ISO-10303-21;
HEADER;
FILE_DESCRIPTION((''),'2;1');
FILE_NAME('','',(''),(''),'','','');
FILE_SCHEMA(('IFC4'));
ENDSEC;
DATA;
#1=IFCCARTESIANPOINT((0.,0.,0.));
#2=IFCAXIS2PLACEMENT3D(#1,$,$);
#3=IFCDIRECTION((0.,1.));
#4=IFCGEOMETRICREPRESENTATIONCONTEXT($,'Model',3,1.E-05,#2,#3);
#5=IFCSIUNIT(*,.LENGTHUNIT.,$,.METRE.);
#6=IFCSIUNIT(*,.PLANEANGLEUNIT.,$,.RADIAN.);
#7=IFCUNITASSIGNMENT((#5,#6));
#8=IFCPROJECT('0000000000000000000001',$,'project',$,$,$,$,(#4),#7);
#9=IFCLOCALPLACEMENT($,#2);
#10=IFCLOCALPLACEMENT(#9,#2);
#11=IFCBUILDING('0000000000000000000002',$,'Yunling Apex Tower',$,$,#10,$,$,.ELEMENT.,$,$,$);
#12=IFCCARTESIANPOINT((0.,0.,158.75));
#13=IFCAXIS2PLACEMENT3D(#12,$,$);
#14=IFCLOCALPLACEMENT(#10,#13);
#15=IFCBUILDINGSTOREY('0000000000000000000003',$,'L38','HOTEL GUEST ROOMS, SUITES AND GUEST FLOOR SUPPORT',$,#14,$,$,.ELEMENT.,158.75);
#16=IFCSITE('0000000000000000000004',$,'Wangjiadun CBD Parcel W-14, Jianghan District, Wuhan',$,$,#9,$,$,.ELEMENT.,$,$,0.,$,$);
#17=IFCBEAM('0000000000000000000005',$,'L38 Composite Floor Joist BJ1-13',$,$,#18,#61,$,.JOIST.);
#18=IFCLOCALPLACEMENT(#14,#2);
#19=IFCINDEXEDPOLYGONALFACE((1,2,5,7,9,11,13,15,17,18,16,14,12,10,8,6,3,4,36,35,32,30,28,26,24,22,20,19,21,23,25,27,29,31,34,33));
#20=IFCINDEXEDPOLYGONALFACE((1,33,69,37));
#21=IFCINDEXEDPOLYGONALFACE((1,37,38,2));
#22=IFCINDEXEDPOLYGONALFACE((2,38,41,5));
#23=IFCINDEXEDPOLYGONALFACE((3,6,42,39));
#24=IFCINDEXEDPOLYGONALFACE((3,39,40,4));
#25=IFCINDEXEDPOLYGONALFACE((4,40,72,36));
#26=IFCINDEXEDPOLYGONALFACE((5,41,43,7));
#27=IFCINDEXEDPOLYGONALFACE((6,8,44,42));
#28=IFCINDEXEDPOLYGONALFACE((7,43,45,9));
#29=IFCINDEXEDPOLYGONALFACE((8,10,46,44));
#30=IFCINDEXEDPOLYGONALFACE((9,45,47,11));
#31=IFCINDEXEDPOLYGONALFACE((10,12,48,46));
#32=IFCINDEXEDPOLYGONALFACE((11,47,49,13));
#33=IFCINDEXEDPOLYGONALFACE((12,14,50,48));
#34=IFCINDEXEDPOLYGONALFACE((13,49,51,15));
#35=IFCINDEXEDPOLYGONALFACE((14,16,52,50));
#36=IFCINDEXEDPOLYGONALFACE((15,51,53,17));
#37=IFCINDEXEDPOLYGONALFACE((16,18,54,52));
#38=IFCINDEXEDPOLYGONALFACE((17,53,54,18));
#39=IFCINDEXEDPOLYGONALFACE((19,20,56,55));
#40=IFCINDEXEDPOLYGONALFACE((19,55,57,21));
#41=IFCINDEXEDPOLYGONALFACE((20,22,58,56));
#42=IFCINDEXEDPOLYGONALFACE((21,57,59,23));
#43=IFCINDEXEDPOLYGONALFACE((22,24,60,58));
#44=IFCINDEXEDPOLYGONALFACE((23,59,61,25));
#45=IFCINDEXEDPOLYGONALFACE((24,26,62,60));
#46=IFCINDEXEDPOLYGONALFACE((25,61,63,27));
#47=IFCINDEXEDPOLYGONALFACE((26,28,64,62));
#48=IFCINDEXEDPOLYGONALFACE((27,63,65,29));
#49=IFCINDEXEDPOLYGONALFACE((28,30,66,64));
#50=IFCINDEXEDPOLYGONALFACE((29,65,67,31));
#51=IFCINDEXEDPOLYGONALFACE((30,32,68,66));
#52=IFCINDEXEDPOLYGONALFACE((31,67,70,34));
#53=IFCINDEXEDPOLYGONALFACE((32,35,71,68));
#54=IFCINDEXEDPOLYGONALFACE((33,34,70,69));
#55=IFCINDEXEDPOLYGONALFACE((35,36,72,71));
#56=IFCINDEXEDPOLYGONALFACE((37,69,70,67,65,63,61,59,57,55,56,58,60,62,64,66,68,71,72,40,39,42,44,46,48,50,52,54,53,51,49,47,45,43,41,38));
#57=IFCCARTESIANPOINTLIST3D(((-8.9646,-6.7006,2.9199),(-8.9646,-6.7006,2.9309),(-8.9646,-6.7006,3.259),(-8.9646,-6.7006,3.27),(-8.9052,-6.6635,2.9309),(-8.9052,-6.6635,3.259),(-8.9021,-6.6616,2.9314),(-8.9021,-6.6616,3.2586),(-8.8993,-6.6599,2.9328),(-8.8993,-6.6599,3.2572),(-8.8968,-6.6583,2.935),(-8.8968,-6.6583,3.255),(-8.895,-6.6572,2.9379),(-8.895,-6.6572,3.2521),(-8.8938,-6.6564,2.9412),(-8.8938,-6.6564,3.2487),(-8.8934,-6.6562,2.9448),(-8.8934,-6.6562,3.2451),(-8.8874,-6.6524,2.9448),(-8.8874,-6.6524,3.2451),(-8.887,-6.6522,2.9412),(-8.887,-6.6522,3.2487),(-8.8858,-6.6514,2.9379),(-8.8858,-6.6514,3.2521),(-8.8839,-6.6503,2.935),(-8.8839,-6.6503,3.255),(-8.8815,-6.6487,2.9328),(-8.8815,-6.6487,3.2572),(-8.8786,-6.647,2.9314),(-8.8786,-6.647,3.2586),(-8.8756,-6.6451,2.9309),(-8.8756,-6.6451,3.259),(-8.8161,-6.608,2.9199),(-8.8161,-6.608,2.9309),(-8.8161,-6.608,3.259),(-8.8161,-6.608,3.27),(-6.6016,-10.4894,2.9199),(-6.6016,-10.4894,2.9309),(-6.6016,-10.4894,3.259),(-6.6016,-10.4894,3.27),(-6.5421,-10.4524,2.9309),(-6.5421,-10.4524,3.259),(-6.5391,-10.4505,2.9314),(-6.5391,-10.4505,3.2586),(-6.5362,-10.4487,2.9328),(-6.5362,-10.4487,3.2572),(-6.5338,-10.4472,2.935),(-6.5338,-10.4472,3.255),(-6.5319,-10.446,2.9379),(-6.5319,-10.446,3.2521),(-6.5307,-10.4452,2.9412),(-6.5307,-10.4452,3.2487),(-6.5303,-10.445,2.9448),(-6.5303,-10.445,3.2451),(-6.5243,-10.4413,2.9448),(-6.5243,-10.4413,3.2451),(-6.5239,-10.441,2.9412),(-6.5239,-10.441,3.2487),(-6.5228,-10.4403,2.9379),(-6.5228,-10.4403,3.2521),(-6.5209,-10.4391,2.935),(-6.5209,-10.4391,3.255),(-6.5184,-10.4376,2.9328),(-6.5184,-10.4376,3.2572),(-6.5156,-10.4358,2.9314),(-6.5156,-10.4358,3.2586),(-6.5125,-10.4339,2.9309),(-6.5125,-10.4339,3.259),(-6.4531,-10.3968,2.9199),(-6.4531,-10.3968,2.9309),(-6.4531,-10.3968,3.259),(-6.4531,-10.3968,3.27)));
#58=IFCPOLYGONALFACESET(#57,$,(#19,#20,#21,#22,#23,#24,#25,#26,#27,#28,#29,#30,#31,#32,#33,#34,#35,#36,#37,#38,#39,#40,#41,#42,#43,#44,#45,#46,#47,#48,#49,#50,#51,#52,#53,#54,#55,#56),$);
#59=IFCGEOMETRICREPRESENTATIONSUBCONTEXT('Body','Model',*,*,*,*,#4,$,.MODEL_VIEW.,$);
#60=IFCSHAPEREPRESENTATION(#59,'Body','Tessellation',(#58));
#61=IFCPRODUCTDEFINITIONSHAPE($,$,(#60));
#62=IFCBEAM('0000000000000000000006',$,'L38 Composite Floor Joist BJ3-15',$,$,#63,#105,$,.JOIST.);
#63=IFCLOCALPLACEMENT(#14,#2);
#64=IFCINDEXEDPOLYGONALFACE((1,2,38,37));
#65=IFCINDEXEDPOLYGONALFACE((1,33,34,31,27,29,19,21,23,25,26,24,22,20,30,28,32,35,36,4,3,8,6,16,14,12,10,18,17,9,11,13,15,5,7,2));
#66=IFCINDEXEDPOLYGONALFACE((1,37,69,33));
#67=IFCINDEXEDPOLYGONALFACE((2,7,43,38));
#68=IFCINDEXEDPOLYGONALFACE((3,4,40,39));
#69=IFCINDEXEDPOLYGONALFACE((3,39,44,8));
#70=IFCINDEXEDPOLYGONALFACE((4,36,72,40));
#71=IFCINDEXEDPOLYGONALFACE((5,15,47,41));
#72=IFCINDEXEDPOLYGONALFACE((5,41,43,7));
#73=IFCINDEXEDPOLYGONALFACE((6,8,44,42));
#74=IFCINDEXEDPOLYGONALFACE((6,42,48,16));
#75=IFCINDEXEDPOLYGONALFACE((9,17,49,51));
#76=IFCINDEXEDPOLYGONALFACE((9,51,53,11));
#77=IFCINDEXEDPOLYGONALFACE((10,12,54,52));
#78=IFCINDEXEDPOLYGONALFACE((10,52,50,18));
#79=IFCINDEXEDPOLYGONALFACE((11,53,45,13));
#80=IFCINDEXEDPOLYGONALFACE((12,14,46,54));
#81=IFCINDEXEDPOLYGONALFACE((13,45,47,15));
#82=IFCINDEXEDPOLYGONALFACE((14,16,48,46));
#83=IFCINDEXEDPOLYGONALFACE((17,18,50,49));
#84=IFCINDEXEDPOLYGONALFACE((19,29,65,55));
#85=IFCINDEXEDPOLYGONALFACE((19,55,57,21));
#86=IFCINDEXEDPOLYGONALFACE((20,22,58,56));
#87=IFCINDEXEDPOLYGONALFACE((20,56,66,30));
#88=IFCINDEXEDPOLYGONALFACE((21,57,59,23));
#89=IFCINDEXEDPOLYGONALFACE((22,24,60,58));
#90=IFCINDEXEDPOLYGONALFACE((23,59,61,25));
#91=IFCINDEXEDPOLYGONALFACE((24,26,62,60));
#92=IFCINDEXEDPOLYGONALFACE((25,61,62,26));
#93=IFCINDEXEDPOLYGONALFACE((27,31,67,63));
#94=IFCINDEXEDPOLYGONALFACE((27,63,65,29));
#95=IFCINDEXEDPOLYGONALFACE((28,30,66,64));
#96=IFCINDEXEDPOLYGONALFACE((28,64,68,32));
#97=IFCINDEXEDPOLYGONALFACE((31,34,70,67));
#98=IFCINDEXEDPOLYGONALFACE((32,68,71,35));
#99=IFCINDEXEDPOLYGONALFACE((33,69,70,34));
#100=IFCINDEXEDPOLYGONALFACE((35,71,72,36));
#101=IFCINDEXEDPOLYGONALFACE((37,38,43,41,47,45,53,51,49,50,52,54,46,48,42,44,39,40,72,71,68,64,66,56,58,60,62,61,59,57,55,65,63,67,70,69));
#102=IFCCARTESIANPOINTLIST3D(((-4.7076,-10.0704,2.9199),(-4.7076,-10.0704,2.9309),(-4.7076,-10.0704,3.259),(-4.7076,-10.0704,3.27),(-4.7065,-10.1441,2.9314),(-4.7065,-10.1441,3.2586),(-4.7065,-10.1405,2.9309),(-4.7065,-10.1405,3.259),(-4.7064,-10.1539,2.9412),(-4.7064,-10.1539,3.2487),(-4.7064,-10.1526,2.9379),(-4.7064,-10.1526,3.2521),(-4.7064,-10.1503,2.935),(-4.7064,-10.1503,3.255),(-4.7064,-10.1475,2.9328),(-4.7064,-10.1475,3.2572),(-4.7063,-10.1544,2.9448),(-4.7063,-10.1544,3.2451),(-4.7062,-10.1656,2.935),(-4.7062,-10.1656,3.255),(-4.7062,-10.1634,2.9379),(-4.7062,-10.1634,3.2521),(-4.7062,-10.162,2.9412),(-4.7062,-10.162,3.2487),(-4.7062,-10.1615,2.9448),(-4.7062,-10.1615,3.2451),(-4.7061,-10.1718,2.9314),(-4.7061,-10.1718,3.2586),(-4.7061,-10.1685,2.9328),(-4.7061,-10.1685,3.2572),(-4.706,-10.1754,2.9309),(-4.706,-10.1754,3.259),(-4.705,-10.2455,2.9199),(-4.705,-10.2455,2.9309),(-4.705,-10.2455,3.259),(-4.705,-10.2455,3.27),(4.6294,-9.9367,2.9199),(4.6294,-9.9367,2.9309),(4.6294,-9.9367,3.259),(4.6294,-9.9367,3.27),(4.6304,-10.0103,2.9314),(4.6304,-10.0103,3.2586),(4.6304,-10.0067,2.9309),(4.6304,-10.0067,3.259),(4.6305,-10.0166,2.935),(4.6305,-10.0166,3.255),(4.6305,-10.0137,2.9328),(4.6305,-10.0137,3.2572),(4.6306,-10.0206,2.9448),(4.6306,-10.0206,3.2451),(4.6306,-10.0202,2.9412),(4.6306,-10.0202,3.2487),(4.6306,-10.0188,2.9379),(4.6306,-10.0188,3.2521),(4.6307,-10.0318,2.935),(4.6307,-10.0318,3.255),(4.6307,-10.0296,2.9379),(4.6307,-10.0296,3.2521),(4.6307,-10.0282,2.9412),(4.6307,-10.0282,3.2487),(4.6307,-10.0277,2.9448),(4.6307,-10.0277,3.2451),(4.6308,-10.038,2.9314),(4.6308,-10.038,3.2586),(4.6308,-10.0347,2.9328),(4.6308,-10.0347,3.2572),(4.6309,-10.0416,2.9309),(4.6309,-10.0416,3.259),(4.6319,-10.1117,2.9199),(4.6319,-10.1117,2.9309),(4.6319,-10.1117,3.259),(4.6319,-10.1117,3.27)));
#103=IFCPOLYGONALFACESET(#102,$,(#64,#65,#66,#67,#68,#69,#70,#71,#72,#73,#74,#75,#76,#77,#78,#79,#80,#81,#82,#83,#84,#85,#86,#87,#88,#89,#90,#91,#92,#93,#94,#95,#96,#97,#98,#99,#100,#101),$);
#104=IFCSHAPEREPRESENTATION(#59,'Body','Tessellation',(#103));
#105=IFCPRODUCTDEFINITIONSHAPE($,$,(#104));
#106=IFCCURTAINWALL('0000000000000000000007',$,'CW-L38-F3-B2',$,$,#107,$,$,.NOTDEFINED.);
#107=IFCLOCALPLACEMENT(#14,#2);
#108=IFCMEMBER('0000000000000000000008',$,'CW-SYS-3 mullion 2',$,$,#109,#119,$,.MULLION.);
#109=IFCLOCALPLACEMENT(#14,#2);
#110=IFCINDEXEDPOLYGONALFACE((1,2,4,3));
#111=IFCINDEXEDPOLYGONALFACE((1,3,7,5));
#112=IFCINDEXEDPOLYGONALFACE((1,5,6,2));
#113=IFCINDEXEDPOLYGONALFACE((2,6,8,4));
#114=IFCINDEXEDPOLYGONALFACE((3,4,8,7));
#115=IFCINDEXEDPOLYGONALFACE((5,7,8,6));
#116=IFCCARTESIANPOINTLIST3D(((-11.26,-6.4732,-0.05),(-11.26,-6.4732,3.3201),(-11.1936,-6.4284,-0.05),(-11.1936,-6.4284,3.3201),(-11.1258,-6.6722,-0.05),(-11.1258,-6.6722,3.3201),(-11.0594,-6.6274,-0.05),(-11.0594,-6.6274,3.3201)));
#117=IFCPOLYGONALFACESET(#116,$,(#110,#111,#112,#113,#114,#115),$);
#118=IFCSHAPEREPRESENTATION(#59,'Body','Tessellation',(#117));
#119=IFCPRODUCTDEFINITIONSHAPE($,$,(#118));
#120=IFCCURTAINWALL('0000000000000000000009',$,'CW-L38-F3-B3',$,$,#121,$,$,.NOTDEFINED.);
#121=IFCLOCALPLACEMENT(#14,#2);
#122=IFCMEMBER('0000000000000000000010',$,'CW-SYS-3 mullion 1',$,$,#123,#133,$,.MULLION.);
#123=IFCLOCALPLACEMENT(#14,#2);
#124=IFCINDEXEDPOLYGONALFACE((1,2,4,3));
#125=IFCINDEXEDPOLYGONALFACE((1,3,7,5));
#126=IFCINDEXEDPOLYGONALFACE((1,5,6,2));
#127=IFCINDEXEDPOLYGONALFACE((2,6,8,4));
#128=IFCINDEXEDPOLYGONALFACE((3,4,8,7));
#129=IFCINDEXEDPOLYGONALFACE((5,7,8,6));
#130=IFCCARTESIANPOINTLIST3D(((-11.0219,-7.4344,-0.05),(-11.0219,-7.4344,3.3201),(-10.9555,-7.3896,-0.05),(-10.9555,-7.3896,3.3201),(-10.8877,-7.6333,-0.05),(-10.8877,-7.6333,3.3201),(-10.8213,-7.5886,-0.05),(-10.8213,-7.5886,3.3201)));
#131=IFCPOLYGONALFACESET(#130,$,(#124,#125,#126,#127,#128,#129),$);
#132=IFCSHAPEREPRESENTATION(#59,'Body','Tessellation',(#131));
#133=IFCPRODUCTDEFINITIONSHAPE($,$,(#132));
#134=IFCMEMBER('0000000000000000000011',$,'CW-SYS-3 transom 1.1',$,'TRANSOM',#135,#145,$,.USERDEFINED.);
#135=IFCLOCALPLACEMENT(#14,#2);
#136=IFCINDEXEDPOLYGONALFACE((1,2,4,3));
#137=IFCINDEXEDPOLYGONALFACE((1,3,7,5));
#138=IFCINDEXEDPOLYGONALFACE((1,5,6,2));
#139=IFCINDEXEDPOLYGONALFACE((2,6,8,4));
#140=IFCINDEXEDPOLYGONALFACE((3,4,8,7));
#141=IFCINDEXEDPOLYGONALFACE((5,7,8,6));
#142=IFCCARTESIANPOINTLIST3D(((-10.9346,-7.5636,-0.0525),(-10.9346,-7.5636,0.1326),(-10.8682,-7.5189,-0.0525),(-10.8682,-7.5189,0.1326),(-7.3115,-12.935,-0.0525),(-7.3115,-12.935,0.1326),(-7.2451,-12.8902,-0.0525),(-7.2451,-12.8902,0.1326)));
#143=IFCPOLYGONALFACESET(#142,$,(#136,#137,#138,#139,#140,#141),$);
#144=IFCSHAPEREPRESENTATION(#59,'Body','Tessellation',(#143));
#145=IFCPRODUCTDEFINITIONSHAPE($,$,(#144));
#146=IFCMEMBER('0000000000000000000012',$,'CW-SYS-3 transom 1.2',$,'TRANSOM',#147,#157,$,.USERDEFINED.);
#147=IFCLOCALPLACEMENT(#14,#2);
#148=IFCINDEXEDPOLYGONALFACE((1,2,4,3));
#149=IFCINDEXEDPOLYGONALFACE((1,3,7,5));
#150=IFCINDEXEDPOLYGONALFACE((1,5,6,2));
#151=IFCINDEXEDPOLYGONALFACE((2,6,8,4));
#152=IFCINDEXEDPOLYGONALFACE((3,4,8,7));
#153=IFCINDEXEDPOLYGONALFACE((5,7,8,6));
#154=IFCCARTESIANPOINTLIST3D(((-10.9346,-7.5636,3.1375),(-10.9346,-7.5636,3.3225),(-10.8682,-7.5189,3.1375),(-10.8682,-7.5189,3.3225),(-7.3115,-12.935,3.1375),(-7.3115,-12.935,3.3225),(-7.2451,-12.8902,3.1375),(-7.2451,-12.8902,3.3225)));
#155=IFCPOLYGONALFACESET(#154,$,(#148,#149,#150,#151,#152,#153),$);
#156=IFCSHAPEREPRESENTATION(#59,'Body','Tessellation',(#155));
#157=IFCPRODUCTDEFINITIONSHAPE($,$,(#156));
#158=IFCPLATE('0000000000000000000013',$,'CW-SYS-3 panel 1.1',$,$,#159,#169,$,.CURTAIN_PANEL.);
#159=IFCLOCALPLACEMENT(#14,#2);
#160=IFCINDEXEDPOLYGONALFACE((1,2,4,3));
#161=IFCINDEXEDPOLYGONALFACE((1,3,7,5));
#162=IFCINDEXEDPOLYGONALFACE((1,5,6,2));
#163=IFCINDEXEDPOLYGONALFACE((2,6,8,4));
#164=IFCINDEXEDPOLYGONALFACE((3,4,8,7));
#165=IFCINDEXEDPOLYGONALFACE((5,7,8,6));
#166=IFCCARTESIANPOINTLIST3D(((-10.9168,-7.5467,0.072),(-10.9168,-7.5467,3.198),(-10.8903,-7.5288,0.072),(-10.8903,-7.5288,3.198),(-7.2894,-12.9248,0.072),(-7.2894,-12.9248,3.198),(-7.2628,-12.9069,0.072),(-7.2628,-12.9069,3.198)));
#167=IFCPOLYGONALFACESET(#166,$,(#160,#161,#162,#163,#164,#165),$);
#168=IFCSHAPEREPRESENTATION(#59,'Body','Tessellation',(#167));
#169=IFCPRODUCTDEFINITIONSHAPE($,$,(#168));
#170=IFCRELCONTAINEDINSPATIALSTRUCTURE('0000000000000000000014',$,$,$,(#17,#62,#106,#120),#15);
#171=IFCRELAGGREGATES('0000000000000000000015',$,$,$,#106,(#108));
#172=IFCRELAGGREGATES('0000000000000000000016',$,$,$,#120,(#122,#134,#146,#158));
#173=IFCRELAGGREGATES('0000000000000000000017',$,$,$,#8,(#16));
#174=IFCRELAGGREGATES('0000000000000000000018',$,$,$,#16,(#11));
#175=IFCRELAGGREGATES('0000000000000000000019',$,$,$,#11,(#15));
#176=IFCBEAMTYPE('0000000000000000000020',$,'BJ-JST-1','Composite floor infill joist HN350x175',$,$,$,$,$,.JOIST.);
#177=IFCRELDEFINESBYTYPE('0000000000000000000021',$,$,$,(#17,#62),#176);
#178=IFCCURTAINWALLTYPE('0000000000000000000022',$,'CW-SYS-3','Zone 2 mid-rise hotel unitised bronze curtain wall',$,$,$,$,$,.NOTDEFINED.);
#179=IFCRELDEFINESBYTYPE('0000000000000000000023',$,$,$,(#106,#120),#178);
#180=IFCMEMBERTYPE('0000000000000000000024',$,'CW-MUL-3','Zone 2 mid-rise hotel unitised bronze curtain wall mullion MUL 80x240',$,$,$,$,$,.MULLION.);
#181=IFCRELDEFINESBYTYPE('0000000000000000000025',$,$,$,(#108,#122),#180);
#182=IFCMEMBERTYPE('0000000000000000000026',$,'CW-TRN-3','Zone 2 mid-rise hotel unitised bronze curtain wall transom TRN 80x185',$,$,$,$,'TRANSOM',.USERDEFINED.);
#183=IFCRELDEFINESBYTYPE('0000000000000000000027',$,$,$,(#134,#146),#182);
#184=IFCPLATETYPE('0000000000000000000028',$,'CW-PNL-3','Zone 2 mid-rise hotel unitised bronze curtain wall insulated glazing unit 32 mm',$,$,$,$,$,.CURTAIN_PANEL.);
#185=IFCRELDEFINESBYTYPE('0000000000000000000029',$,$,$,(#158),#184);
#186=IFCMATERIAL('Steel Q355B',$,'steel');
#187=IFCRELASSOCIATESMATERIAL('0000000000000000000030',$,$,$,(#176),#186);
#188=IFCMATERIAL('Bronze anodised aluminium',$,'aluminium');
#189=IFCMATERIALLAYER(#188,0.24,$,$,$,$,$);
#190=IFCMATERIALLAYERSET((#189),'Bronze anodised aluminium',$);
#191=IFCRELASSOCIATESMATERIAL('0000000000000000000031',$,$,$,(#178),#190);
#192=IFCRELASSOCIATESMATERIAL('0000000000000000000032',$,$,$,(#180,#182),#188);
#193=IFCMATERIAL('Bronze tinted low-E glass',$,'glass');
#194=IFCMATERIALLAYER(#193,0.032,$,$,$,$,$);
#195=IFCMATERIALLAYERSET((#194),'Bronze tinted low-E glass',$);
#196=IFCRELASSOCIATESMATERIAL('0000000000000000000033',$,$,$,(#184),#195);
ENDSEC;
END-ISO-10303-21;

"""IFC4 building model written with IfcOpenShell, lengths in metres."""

from ifc_helpers import new_model, si_unit, direction, frame, origin, origin_2d, place, context, subcontext, project, spatial, rectangle, i_section, extrude, source, transform, mapped, material, layer, layer_set, material_profile, profile_set, type_object, element, aggregate, save


model = new_model("IFC4")

# Units and contexts
model_context = context("Model", 3, precision=1e-05, world=origin(), true_north=direction((0.0, 1.0)))
body_context = subcontext(model_context, "Body", "Model", "MODEL_VIEW")
ifc_project = project(units=[si_unit("LENGTHUNIT", "METRE"), si_unit("PLANEANGLEUNIT", "RADIAN")], contexts=[model_context])

# Site, building, storey
site_placement = place(None, origin())
site = spatial("IfcSite", under=ifc_project, at=site_placement, Name="Wangjiadun CBD Parcel W-14, Jianghan District, Wuhan", CompositionType="ELEMENT", RefElevation=0.0)
building_placement = place(site_placement, origin())
building = spatial("IfcBuilding", under=site, at=building_placement, Name="Yunling Apex Tower", CompositionType="ELEMENT")
storey_placement = place(building_placement, frame((0.0, 0.0, 158.75)))
storey = spatial("IfcBuildingStorey", under=building, at=storey_placement, Name="L38", Description="HOTEL GUEST ROOMS, SUITES AND GUEST FLOOR SUPPORT", CompositionType="ELEMENT", Elevation=158.75)

# Beams
ifc_material_1 = material(Name="Steel Q355B", Category="steel")
ifc_material_profile_1 = material_profile(ifc_material_1, i_section(OverallWidth=0.175, OverallDepth=0.3501, WebThickness=0.0071, FlangeThickness=0.011, FilletRadius=0.0139, at=origin_2d()))
ifc_profile_set_1 = profile_set([ifc_material_profile_1], Name="Steel Q355B")
beam_type_1 = type_object("IfcBeamType", Name="BJ-JST-1", Description="Composite floor infill joist HN350x175", PredefinedType="JOIST", material=ifc_profile_set_1)
shared_shape_1 = source(origin(), body_context, "Body", "SweptSolid", [
    extrude(i_section(OverallWidth=0.175, OverallDepth=0.3501, WebThickness=0.0071, FlangeThickness=0.011, FilletRadius=0.0139, at=origin_2d()), origin(), (0.0, 0.0, 1.0), 4.4653),
])
beam_1_placement = place(storey_placement, frame((-8.8904, -6.6543, 3.095), z_axis=(0.529198, -0.848499, 0.0), x_axis=(0.848499, 0.529198, 0.0)))
element("IfcBeam", 1, at=beam_1_placement, inside=storey, type_object=beam_type_1, Name="L38 Composite Floor Joist BJ1-13", PredefinedType="JOIST", context=body_context, shape_type="MappedRepresentation", body=[
    mapped(shared_shape_1, transform((0.0, 0.0, 0.0), scale=1.0)),
])
shared_shape_2 = source(origin(), body_context, "Body", "SweptSolid", [
    extrude(i_section(OverallWidth=0.175, OverallDepth=0.3501, WebThickness=0.0071, FlangeThickness=0.011, FilletRadius=0.0139, at=origin_2d()), origin(), (0.0, 0.0, 1.0), 9.3379),
])
beam_2_placement = place(storey_placement, frame((-4.7063, -10.158, 3.095), z_axis=(0.999897, 0.014328, 0.0), x_axis=(-0.014328, 0.999897, 0.0)))
element("IfcBeam", 2, at=beam_2_placement, inside=storey, type_object=beam_type_1, Name="L38 Composite Floor Joist BJ3-15", PredefinedType="JOIST", context=body_context, shape_type="MappedRepresentation", body=[
    mapped(shared_shape_2, transform((0.0, 0.0, 0.0), scale=1.0)),
])

# Curtain wall, member
ifc_material_2 = material(Name="Bronze anodised aluminium", Category="aluminium")
ifc_layer_1 = layer(ifc_material_2, 0.24)
ifc_layer_set_1 = layer_set([ifc_layer_1], Name="Bronze anodised aluminium")
curtain_wall_type = type_object("IfcCurtainWallType", Name="CW-SYS-3", Description="Zone 2 mid-rise hotel unitised bronze curtain wall", PredefinedType="NOTDEFINED", material=ifc_layer_set_1)
curtain_wall_1_placement = place(storey_placement, origin())
curtain_wall_1 = element("IfcCurtainWall", 3, at=curtain_wall_1_placement, inside=storey, type_object=curtain_wall_type, Name="CW-L38-F3-B2", PredefinedType="NOTDEFINED")
ifc_material_profile_2 = material_profile(ifc_material_2, rectangle(XDim=0.0801, YDim=0.24, at=origin_2d()))
ifc_profile_set_2 = profile_set([ifc_material_profile_2], Name="Bronze anodised aluminium")
member_type_1 = type_object("IfcMemberType", Name="CW-MUL-3", Description="Zone 2 mid-rise hotel unitised bronze curtain wall mullion MUL 80x240", PredefinedType="MULLION", material=ifc_profile_set_2)
shared_shape_3 = source(origin(), body_context, "Body", "SweptSolid", [
    extrude(rectangle(XDim=0.0801, YDim=0.24, at=origin_2d()), origin(), (0.0, 0.0, 1.0), 3.3701),
])
member_1_placement = place(storey_placement, frame((-11.1597, -6.5503, -0.05), z_axis=(0.0, 0.0, 1.0), x_axis=(0.829026, 0.55921, 0.0)))
member_1 = element("IfcMember", 4, at=member_1_placement, type_object=member_type_1, Name="CW-SYS-3 mullion 2", PredefinedType="MULLION", context=body_context, shape_type="MappedRepresentation", body=[
    mapped(shared_shape_3, transform((0.0, 0.0, 0.0), scale=1.0)),
])
aggregate(curtain_wall_1, [member_1])

# Curtain wall, members, plate
curtain_wall_2_placement = place(storey_placement, origin())
curtain_wall_2 = element("IfcCurtainWall", 5, at=curtain_wall_2_placement, inside=storey, type_object=curtain_wall_type, Name="CW-L38-F3-B3", PredefinedType="NOTDEFINED")
member_2_placement = place(storey_placement, frame((-10.9216, -7.5115, -0.05), z_axis=(0.0, 0.0, 1.0), x_axis=(0.829041, 0.559188, 0.0)))
member_2 = element("IfcMember", 6, at=member_2_placement, type_object=member_type_1, Name="CW-SYS-3 mullion 1", PredefinedType="MULLION", context=body_context, shape_type="MappedRepresentation", body=[
    mapped(shared_shape_3, transform((0.0, 0.0, 0.0), scale=1.0)),
])
ifc_material_profile_3 = material_profile(ifc_material_2, rectangle(XDim=0.0801, YDim=0.1851, at=origin_2d()))
ifc_profile_set_3 = profile_set([ifc_material_profile_3], Name="Bronze anodised aluminium")
member_type_2 = type_object("IfcMemberType", Name="CW-TRN-3", Description="Zone 2 mid-rise hotel unitised bronze curtain wall transom TRN 80x185", ElementType="TRANSOM", PredefinedType="USERDEFINED", material=ifc_profile_set_3)
shared_shape_4 = source(origin(), body_context, "Body", "SweptSolid", [
    extrude(rectangle(XDim=0.0801, YDim=0.1851, at=origin_2d()), origin(), (0.0, 0.0, 1.0), 6.479),
])
member_3_placement = place(storey_placement, frame((-10.9014, -7.5413, 0.04), z_axis=(0.559196, -0.829035, 0.0), x_axis=(0.829035, 0.559196, 0.0)))
member_3 = element("IfcMember", 7, at=member_3_placement, type_object=member_type_2, Name="CW-SYS-3 transom 1.1", ObjectType="TRANSOM", PredefinedType="USERDEFINED", context=body_context, shape_type="MappedRepresentation", body=[
    mapped(shared_shape_4, transform((0.0, 0.0, 0.0), scale=1.0)),
])
member_4_placement = place(storey_placement, frame((-10.9014, -7.5413, 3.23), z_axis=(0.559196, -0.829035, 0.0), x_axis=(0.829035, 0.559196, 0.0)))
member_4 = element("IfcMember", 8, at=member_4_placement, type_object=member_type_2, Name="CW-SYS-3 transom 1.2", ObjectType="TRANSOM", PredefinedType="USERDEFINED", context=body_context, shape_type="MappedRepresentation", body=[
    mapped(shared_shape_4, transform((0.0, 0.0, 0.0), scale=1.0)),
])
ifc_material_3 = material(Name="Bronze tinted low-E glass", Category="glass")
ifc_layer_2 = layer(ifc_material_3, 0.032)
ifc_layer_set_2 = layer_set([ifc_layer_2], Name="Bronze tinted low-E glass")
plate_type = type_object("IfcPlateType", Name="CW-PNL-3", Description="Zone 2 mid-rise hotel unitised bronze curtain wall insulated glazing unit 32 mm", PredefinedType="CURTAIN_PANEL", material=ifc_layer_set_2)
shared_shape_5 = source(origin(), body_context, "Body", "SweptSolid", [
    extrude(rectangle(XDim=6.4871, YDim=0.032, at=origin_2d()), origin(), (0.0, 0.0, 1.0), 3.126),
])
plate_placement = place(storey_placement, frame((-9.0898, -10.2268, 0.072), z_axis=(0.0, 0.0, 1.0), x_axis=(0.559188, -0.829041, 0.0)))
plate = element("IfcPlate", 9, at=plate_placement, type_object=plate_type, Name="CW-SYS-3 panel 1.1", PredefinedType="CURTAIN_PANEL", context=body_context, shape_type="MappedRepresentation", body=[
    mapped(shared_shape_5, transform((0.0, 0.0, 0.0), scale=1.0)),
])
aggregate(curtain_wall_2, [member_2, member_3, member_4, plate])

save(model, "model.ifc")
